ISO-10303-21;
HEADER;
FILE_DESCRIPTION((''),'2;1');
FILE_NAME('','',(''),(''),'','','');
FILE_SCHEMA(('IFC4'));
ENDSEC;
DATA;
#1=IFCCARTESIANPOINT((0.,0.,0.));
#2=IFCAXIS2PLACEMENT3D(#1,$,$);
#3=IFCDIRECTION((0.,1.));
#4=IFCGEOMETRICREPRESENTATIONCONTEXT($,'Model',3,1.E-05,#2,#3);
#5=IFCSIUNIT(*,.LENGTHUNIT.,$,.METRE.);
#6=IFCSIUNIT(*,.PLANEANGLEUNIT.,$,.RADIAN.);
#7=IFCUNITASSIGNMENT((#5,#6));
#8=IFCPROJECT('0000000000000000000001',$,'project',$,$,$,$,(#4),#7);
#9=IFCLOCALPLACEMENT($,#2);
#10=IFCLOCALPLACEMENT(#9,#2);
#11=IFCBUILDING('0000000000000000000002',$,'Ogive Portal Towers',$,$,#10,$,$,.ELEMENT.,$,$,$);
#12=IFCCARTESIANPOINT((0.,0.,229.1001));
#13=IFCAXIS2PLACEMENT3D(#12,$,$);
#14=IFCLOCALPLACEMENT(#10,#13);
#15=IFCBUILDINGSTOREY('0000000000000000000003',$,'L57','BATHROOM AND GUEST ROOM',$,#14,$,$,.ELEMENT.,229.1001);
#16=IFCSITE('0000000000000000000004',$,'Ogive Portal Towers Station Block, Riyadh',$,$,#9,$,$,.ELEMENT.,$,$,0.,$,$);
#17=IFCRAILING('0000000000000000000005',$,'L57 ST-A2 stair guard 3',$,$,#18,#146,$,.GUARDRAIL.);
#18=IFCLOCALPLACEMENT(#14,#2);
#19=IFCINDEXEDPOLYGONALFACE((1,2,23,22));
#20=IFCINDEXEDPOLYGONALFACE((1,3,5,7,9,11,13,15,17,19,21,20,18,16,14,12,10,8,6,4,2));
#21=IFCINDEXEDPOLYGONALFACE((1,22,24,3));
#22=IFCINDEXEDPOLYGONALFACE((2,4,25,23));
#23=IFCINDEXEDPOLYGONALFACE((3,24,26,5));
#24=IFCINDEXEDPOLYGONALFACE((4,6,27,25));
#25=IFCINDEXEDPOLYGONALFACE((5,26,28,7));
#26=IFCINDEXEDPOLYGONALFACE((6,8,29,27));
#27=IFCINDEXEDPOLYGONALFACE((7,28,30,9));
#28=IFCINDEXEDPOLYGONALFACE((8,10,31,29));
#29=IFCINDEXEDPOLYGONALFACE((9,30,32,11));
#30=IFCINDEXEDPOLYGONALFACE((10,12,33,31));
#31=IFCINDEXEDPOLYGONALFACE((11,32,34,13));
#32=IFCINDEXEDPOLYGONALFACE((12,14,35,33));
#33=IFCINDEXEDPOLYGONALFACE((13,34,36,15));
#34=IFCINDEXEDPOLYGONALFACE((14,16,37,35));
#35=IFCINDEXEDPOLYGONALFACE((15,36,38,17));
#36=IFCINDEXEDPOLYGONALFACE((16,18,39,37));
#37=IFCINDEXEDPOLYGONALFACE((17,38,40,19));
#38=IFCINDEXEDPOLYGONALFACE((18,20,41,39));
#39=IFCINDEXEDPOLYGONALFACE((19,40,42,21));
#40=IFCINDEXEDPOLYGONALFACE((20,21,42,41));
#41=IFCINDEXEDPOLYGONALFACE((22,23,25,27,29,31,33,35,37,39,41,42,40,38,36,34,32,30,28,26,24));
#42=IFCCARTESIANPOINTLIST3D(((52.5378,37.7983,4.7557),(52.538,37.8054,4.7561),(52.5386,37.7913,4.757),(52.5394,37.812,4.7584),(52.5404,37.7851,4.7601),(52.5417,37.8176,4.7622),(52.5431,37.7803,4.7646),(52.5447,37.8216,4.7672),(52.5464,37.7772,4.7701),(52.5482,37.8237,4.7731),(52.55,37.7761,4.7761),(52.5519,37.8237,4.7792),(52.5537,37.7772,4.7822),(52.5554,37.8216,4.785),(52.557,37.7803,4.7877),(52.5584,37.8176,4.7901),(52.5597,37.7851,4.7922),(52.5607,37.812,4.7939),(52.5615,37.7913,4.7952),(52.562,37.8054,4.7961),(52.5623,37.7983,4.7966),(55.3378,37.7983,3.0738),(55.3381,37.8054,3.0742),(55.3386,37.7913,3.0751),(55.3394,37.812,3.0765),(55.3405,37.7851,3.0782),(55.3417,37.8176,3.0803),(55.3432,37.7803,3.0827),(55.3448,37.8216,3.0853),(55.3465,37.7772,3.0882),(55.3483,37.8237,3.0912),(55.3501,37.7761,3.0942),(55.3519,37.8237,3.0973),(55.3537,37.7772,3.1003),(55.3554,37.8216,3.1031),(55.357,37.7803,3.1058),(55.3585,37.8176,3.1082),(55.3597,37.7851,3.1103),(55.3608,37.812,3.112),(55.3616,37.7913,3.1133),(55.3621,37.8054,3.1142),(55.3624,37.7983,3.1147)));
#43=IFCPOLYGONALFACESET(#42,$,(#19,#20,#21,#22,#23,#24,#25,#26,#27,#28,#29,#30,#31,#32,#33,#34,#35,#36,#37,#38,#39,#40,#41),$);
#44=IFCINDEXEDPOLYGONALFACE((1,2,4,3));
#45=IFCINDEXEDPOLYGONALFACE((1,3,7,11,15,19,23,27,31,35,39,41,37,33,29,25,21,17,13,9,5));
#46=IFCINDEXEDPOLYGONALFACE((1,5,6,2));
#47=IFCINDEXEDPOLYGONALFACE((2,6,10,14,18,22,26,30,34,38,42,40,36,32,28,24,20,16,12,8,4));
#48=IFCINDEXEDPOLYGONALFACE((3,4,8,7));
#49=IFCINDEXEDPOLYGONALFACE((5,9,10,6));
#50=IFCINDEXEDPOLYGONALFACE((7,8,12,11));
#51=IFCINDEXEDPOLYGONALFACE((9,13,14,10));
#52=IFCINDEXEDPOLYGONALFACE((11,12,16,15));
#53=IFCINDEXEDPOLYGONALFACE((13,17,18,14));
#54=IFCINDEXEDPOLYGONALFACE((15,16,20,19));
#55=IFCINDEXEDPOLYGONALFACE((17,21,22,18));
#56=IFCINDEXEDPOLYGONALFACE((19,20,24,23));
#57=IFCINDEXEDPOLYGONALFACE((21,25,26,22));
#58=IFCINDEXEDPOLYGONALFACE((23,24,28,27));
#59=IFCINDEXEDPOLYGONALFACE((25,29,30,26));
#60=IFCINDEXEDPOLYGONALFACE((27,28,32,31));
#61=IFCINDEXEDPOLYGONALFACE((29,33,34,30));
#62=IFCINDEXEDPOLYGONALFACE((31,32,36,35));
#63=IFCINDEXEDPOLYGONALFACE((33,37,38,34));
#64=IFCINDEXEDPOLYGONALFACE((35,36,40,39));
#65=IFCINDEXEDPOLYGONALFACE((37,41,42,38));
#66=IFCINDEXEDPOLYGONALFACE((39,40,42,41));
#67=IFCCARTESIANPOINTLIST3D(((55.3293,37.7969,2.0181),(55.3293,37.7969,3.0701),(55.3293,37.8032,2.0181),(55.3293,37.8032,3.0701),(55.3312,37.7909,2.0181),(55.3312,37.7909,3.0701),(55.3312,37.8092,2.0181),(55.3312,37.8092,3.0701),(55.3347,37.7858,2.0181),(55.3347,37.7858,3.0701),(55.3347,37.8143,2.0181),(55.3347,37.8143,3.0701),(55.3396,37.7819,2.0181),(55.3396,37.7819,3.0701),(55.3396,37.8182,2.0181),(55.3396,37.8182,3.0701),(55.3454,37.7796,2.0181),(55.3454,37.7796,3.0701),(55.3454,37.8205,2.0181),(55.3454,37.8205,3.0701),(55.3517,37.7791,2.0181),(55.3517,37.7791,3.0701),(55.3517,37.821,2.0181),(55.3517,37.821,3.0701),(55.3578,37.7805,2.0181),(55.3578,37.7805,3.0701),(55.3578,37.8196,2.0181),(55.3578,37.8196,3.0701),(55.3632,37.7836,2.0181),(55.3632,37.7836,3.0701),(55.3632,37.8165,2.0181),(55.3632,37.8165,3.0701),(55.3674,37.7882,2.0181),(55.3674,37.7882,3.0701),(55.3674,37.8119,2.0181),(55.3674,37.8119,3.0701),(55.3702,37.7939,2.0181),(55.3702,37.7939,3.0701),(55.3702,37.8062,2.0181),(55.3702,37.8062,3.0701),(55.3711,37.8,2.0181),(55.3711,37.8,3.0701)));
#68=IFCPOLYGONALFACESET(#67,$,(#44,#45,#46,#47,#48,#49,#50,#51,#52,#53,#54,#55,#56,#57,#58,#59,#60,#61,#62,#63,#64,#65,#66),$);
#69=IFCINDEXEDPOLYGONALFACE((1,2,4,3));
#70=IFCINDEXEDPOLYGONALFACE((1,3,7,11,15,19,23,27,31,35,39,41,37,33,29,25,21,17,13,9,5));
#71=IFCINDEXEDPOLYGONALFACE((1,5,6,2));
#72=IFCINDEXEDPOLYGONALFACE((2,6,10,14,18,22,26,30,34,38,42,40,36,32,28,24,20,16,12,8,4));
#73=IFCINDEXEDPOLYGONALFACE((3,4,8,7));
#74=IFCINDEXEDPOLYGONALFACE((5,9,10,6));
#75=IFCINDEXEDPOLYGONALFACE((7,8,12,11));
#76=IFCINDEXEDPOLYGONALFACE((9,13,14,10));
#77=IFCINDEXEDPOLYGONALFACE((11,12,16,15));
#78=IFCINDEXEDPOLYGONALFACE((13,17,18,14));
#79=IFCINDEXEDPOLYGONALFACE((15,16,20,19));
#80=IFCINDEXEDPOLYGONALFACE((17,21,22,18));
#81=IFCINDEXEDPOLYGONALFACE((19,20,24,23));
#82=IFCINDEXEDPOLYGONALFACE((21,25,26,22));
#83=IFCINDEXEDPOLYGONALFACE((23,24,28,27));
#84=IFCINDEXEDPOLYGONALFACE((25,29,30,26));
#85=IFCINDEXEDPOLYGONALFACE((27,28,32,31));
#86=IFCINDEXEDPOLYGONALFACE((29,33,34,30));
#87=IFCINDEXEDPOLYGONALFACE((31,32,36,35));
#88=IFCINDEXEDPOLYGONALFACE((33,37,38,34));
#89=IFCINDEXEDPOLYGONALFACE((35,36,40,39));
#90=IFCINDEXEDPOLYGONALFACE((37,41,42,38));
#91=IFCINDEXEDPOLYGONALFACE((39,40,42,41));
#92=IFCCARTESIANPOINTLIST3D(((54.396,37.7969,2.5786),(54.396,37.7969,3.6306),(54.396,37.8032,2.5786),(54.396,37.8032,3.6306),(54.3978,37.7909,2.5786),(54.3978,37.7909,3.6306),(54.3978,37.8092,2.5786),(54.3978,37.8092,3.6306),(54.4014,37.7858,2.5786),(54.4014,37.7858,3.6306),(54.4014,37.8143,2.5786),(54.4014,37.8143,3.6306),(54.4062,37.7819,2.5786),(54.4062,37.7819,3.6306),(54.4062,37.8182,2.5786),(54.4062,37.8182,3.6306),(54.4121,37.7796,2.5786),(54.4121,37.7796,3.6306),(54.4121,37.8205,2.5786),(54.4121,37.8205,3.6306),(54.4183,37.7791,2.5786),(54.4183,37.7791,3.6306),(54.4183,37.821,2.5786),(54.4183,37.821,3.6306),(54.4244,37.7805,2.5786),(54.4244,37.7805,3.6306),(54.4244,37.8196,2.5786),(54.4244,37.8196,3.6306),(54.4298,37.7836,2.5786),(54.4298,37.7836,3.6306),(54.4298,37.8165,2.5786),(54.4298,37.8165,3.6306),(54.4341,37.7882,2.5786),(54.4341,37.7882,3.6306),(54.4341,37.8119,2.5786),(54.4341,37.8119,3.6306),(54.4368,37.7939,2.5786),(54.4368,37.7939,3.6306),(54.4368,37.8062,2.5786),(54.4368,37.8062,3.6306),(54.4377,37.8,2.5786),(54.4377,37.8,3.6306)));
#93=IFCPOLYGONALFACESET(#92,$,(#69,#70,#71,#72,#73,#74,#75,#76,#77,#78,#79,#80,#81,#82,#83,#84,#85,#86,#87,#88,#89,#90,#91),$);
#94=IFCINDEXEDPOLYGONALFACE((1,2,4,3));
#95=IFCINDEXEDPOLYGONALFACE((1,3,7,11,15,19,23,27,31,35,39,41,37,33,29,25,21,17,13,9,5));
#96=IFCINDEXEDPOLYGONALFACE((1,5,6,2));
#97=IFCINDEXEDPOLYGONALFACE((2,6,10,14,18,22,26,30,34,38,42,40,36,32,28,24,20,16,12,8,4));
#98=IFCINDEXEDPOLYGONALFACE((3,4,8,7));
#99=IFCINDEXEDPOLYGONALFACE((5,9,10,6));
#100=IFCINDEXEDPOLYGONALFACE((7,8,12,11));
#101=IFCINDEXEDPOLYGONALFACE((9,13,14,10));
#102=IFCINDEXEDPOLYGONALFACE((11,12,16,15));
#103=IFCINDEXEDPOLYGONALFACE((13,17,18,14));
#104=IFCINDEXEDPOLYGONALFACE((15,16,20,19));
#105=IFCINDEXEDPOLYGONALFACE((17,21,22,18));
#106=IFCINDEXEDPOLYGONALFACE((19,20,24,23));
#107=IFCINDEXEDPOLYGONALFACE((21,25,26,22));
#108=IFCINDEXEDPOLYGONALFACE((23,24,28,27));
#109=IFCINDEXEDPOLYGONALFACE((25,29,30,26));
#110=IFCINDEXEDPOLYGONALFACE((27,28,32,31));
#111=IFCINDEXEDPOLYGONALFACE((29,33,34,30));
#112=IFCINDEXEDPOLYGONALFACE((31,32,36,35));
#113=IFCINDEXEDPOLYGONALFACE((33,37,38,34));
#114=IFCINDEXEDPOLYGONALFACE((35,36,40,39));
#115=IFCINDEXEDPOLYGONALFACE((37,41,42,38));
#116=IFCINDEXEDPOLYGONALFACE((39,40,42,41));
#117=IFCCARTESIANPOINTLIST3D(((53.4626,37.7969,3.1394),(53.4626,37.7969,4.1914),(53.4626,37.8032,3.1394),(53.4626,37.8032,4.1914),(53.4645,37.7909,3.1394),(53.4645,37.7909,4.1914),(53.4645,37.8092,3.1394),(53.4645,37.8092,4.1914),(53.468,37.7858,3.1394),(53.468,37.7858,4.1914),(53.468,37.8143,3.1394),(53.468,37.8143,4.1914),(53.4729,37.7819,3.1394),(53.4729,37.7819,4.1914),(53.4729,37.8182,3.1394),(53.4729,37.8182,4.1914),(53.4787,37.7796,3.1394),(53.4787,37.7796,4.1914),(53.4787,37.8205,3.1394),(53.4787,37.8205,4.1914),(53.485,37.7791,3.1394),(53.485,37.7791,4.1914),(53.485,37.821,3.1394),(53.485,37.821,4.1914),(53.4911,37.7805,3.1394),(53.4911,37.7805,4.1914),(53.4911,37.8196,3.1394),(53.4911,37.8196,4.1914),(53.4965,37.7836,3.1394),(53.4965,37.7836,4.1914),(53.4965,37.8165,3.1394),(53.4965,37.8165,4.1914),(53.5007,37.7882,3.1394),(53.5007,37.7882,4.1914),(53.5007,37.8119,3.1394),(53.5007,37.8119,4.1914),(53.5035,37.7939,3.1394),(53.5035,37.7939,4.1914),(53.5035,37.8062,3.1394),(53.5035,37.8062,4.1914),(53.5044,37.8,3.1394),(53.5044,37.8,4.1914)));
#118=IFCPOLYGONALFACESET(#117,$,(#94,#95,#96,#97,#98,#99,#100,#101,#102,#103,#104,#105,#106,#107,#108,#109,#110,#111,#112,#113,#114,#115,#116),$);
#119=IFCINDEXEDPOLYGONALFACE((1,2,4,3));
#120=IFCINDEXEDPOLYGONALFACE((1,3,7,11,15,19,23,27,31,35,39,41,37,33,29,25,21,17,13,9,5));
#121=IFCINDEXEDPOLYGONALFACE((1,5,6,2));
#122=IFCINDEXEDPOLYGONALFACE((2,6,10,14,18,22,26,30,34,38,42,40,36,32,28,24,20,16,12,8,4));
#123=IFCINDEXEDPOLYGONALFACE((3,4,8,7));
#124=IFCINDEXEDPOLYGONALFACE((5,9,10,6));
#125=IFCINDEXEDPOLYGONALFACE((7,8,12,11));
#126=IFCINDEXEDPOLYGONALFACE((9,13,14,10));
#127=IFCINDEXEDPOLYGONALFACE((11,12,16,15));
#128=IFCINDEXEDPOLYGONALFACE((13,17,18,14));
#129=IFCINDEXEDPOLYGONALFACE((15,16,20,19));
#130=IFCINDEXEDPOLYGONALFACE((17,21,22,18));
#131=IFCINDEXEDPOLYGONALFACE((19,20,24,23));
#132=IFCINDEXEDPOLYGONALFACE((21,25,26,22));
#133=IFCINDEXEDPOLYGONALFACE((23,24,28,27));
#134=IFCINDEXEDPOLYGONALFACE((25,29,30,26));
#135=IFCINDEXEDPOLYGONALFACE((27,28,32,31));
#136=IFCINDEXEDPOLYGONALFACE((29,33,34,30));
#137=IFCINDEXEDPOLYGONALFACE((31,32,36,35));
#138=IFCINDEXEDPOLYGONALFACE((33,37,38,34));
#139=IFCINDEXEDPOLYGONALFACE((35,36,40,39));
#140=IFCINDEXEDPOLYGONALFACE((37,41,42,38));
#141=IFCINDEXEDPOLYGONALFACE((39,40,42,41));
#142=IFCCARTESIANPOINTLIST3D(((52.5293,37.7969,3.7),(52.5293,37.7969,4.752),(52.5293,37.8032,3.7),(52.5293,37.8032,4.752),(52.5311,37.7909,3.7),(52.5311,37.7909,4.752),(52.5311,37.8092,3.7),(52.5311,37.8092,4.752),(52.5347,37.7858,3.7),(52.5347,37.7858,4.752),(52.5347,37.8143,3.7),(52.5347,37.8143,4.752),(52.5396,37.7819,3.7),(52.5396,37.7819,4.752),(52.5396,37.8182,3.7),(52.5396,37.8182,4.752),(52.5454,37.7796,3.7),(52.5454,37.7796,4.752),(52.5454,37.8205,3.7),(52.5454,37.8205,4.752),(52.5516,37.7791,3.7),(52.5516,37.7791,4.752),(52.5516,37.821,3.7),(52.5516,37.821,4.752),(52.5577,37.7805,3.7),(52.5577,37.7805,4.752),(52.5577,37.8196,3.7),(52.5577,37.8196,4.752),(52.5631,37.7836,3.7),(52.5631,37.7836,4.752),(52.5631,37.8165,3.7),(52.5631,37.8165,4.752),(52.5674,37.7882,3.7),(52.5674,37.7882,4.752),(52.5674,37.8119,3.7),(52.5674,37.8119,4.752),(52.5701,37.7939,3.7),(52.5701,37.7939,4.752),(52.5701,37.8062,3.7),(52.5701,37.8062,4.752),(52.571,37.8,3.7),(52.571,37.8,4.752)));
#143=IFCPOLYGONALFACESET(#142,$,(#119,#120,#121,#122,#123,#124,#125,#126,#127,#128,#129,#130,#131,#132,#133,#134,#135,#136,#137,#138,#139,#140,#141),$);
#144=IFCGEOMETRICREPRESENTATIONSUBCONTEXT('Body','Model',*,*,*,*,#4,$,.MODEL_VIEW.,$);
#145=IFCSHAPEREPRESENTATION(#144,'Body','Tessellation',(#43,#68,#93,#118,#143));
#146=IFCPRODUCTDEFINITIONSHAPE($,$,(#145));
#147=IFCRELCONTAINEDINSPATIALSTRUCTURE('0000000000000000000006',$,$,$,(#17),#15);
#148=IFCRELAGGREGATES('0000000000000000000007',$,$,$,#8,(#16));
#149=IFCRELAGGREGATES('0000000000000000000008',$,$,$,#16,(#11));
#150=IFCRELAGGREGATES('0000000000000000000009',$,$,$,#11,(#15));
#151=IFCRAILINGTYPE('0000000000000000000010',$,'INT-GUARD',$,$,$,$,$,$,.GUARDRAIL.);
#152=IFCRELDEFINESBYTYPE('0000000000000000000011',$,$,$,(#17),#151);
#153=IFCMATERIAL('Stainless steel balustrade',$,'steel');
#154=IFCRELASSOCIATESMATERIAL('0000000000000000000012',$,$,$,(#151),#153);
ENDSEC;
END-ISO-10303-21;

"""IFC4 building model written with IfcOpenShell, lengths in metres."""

from ifc_helpers import new_model, si_unit, direction, frame, origin, origin_2d, place, context, subcontext, project, spatial, circle, extrude, material, type_object, element, save


model = new_model("IFC4")

# Units and contexts
model_context = context("Model", 3, precision=1e-05, world=origin(), true_north=direction((0.0, 1.0)))
body_context = subcontext(model_context, "Body", "Model", "MODEL_VIEW")
ifc_project = project(units=[si_unit("LENGTHUNIT", "METRE"), si_unit("PLANEANGLEUNIT", "RADIAN")], contexts=[model_context])

# Site, building, storey
site_placement = place(None, origin())
site = spatial("IfcSite", under=ifc_project, at=site_placement, Name="Ogive Portal Towers Station Block, Riyadh", CompositionType="ELEMENT", RefElevation=0.0)
building_placement = place(site_placement, origin())
building = spatial("IfcBuilding", under=site, at=building_placement, Name="Ogive Portal Towers", CompositionType="ELEMENT")
storey_placement = place(building_placement, frame((0.0, 0.0, 229.1001)))
storey = spatial("IfcBuildingStorey", under=building, at=storey_placement, Name="L57", Description="BATHROOM AND GUEST ROOM", CompositionType="ELEMENT", Elevation=229.1001)

# Railing
ifc_material_1 = material(Name="Stainless steel balustrade", Category="steel")
railing_type = type_object("IfcRailingType", Name="INT-GUARD", PredefinedType="GUARDRAIL", material=ifc_material_1)
railing_1_placement = place(storey_placement, frame((55.3501, 37.8, 2.0181)))
element("IfcRailing", 1, at=railing_1_placement, inside=storey, type_object=railing_type, Name="L57 ST-A2 stair guard 3", PredefinedType="GUARDRAIL", context=body_context, shape_type="SweptSolid", body=[
    extrude(circle(Radius=0.0239, at=origin_2d()), frame((0.0, 0.0, 1.0762), z_axis=(-0.857242, 0.0, 0.514913), x_axis=(0.0, -1.0, 0.0)), (0.0, 0.0, 1.0), 3.2664),
    extrude(circle(Radius=0.021, at=origin_2d()), origin(), (0.0, 0.0, 1.0), 1.052),
    extrude(circle(Radius=0.021, at=origin_2d()), frame((-0.9333, 0.0, 0.5605)), (0.0, 0.0, 1.0), 1.052),
    extrude(circle(Radius=0.021, at=origin_2d()), frame((-1.8667, 0.0, 1.1213)), (0.0, 0.0, 1.0), 1.052),
    extrude(circle(Radius=0.021, at=origin_2d()), frame((-2.8, 0.0, 1.6819)), (0.0, 0.0, 1.0), 1.052),
])

save(model, "model.ifc")
